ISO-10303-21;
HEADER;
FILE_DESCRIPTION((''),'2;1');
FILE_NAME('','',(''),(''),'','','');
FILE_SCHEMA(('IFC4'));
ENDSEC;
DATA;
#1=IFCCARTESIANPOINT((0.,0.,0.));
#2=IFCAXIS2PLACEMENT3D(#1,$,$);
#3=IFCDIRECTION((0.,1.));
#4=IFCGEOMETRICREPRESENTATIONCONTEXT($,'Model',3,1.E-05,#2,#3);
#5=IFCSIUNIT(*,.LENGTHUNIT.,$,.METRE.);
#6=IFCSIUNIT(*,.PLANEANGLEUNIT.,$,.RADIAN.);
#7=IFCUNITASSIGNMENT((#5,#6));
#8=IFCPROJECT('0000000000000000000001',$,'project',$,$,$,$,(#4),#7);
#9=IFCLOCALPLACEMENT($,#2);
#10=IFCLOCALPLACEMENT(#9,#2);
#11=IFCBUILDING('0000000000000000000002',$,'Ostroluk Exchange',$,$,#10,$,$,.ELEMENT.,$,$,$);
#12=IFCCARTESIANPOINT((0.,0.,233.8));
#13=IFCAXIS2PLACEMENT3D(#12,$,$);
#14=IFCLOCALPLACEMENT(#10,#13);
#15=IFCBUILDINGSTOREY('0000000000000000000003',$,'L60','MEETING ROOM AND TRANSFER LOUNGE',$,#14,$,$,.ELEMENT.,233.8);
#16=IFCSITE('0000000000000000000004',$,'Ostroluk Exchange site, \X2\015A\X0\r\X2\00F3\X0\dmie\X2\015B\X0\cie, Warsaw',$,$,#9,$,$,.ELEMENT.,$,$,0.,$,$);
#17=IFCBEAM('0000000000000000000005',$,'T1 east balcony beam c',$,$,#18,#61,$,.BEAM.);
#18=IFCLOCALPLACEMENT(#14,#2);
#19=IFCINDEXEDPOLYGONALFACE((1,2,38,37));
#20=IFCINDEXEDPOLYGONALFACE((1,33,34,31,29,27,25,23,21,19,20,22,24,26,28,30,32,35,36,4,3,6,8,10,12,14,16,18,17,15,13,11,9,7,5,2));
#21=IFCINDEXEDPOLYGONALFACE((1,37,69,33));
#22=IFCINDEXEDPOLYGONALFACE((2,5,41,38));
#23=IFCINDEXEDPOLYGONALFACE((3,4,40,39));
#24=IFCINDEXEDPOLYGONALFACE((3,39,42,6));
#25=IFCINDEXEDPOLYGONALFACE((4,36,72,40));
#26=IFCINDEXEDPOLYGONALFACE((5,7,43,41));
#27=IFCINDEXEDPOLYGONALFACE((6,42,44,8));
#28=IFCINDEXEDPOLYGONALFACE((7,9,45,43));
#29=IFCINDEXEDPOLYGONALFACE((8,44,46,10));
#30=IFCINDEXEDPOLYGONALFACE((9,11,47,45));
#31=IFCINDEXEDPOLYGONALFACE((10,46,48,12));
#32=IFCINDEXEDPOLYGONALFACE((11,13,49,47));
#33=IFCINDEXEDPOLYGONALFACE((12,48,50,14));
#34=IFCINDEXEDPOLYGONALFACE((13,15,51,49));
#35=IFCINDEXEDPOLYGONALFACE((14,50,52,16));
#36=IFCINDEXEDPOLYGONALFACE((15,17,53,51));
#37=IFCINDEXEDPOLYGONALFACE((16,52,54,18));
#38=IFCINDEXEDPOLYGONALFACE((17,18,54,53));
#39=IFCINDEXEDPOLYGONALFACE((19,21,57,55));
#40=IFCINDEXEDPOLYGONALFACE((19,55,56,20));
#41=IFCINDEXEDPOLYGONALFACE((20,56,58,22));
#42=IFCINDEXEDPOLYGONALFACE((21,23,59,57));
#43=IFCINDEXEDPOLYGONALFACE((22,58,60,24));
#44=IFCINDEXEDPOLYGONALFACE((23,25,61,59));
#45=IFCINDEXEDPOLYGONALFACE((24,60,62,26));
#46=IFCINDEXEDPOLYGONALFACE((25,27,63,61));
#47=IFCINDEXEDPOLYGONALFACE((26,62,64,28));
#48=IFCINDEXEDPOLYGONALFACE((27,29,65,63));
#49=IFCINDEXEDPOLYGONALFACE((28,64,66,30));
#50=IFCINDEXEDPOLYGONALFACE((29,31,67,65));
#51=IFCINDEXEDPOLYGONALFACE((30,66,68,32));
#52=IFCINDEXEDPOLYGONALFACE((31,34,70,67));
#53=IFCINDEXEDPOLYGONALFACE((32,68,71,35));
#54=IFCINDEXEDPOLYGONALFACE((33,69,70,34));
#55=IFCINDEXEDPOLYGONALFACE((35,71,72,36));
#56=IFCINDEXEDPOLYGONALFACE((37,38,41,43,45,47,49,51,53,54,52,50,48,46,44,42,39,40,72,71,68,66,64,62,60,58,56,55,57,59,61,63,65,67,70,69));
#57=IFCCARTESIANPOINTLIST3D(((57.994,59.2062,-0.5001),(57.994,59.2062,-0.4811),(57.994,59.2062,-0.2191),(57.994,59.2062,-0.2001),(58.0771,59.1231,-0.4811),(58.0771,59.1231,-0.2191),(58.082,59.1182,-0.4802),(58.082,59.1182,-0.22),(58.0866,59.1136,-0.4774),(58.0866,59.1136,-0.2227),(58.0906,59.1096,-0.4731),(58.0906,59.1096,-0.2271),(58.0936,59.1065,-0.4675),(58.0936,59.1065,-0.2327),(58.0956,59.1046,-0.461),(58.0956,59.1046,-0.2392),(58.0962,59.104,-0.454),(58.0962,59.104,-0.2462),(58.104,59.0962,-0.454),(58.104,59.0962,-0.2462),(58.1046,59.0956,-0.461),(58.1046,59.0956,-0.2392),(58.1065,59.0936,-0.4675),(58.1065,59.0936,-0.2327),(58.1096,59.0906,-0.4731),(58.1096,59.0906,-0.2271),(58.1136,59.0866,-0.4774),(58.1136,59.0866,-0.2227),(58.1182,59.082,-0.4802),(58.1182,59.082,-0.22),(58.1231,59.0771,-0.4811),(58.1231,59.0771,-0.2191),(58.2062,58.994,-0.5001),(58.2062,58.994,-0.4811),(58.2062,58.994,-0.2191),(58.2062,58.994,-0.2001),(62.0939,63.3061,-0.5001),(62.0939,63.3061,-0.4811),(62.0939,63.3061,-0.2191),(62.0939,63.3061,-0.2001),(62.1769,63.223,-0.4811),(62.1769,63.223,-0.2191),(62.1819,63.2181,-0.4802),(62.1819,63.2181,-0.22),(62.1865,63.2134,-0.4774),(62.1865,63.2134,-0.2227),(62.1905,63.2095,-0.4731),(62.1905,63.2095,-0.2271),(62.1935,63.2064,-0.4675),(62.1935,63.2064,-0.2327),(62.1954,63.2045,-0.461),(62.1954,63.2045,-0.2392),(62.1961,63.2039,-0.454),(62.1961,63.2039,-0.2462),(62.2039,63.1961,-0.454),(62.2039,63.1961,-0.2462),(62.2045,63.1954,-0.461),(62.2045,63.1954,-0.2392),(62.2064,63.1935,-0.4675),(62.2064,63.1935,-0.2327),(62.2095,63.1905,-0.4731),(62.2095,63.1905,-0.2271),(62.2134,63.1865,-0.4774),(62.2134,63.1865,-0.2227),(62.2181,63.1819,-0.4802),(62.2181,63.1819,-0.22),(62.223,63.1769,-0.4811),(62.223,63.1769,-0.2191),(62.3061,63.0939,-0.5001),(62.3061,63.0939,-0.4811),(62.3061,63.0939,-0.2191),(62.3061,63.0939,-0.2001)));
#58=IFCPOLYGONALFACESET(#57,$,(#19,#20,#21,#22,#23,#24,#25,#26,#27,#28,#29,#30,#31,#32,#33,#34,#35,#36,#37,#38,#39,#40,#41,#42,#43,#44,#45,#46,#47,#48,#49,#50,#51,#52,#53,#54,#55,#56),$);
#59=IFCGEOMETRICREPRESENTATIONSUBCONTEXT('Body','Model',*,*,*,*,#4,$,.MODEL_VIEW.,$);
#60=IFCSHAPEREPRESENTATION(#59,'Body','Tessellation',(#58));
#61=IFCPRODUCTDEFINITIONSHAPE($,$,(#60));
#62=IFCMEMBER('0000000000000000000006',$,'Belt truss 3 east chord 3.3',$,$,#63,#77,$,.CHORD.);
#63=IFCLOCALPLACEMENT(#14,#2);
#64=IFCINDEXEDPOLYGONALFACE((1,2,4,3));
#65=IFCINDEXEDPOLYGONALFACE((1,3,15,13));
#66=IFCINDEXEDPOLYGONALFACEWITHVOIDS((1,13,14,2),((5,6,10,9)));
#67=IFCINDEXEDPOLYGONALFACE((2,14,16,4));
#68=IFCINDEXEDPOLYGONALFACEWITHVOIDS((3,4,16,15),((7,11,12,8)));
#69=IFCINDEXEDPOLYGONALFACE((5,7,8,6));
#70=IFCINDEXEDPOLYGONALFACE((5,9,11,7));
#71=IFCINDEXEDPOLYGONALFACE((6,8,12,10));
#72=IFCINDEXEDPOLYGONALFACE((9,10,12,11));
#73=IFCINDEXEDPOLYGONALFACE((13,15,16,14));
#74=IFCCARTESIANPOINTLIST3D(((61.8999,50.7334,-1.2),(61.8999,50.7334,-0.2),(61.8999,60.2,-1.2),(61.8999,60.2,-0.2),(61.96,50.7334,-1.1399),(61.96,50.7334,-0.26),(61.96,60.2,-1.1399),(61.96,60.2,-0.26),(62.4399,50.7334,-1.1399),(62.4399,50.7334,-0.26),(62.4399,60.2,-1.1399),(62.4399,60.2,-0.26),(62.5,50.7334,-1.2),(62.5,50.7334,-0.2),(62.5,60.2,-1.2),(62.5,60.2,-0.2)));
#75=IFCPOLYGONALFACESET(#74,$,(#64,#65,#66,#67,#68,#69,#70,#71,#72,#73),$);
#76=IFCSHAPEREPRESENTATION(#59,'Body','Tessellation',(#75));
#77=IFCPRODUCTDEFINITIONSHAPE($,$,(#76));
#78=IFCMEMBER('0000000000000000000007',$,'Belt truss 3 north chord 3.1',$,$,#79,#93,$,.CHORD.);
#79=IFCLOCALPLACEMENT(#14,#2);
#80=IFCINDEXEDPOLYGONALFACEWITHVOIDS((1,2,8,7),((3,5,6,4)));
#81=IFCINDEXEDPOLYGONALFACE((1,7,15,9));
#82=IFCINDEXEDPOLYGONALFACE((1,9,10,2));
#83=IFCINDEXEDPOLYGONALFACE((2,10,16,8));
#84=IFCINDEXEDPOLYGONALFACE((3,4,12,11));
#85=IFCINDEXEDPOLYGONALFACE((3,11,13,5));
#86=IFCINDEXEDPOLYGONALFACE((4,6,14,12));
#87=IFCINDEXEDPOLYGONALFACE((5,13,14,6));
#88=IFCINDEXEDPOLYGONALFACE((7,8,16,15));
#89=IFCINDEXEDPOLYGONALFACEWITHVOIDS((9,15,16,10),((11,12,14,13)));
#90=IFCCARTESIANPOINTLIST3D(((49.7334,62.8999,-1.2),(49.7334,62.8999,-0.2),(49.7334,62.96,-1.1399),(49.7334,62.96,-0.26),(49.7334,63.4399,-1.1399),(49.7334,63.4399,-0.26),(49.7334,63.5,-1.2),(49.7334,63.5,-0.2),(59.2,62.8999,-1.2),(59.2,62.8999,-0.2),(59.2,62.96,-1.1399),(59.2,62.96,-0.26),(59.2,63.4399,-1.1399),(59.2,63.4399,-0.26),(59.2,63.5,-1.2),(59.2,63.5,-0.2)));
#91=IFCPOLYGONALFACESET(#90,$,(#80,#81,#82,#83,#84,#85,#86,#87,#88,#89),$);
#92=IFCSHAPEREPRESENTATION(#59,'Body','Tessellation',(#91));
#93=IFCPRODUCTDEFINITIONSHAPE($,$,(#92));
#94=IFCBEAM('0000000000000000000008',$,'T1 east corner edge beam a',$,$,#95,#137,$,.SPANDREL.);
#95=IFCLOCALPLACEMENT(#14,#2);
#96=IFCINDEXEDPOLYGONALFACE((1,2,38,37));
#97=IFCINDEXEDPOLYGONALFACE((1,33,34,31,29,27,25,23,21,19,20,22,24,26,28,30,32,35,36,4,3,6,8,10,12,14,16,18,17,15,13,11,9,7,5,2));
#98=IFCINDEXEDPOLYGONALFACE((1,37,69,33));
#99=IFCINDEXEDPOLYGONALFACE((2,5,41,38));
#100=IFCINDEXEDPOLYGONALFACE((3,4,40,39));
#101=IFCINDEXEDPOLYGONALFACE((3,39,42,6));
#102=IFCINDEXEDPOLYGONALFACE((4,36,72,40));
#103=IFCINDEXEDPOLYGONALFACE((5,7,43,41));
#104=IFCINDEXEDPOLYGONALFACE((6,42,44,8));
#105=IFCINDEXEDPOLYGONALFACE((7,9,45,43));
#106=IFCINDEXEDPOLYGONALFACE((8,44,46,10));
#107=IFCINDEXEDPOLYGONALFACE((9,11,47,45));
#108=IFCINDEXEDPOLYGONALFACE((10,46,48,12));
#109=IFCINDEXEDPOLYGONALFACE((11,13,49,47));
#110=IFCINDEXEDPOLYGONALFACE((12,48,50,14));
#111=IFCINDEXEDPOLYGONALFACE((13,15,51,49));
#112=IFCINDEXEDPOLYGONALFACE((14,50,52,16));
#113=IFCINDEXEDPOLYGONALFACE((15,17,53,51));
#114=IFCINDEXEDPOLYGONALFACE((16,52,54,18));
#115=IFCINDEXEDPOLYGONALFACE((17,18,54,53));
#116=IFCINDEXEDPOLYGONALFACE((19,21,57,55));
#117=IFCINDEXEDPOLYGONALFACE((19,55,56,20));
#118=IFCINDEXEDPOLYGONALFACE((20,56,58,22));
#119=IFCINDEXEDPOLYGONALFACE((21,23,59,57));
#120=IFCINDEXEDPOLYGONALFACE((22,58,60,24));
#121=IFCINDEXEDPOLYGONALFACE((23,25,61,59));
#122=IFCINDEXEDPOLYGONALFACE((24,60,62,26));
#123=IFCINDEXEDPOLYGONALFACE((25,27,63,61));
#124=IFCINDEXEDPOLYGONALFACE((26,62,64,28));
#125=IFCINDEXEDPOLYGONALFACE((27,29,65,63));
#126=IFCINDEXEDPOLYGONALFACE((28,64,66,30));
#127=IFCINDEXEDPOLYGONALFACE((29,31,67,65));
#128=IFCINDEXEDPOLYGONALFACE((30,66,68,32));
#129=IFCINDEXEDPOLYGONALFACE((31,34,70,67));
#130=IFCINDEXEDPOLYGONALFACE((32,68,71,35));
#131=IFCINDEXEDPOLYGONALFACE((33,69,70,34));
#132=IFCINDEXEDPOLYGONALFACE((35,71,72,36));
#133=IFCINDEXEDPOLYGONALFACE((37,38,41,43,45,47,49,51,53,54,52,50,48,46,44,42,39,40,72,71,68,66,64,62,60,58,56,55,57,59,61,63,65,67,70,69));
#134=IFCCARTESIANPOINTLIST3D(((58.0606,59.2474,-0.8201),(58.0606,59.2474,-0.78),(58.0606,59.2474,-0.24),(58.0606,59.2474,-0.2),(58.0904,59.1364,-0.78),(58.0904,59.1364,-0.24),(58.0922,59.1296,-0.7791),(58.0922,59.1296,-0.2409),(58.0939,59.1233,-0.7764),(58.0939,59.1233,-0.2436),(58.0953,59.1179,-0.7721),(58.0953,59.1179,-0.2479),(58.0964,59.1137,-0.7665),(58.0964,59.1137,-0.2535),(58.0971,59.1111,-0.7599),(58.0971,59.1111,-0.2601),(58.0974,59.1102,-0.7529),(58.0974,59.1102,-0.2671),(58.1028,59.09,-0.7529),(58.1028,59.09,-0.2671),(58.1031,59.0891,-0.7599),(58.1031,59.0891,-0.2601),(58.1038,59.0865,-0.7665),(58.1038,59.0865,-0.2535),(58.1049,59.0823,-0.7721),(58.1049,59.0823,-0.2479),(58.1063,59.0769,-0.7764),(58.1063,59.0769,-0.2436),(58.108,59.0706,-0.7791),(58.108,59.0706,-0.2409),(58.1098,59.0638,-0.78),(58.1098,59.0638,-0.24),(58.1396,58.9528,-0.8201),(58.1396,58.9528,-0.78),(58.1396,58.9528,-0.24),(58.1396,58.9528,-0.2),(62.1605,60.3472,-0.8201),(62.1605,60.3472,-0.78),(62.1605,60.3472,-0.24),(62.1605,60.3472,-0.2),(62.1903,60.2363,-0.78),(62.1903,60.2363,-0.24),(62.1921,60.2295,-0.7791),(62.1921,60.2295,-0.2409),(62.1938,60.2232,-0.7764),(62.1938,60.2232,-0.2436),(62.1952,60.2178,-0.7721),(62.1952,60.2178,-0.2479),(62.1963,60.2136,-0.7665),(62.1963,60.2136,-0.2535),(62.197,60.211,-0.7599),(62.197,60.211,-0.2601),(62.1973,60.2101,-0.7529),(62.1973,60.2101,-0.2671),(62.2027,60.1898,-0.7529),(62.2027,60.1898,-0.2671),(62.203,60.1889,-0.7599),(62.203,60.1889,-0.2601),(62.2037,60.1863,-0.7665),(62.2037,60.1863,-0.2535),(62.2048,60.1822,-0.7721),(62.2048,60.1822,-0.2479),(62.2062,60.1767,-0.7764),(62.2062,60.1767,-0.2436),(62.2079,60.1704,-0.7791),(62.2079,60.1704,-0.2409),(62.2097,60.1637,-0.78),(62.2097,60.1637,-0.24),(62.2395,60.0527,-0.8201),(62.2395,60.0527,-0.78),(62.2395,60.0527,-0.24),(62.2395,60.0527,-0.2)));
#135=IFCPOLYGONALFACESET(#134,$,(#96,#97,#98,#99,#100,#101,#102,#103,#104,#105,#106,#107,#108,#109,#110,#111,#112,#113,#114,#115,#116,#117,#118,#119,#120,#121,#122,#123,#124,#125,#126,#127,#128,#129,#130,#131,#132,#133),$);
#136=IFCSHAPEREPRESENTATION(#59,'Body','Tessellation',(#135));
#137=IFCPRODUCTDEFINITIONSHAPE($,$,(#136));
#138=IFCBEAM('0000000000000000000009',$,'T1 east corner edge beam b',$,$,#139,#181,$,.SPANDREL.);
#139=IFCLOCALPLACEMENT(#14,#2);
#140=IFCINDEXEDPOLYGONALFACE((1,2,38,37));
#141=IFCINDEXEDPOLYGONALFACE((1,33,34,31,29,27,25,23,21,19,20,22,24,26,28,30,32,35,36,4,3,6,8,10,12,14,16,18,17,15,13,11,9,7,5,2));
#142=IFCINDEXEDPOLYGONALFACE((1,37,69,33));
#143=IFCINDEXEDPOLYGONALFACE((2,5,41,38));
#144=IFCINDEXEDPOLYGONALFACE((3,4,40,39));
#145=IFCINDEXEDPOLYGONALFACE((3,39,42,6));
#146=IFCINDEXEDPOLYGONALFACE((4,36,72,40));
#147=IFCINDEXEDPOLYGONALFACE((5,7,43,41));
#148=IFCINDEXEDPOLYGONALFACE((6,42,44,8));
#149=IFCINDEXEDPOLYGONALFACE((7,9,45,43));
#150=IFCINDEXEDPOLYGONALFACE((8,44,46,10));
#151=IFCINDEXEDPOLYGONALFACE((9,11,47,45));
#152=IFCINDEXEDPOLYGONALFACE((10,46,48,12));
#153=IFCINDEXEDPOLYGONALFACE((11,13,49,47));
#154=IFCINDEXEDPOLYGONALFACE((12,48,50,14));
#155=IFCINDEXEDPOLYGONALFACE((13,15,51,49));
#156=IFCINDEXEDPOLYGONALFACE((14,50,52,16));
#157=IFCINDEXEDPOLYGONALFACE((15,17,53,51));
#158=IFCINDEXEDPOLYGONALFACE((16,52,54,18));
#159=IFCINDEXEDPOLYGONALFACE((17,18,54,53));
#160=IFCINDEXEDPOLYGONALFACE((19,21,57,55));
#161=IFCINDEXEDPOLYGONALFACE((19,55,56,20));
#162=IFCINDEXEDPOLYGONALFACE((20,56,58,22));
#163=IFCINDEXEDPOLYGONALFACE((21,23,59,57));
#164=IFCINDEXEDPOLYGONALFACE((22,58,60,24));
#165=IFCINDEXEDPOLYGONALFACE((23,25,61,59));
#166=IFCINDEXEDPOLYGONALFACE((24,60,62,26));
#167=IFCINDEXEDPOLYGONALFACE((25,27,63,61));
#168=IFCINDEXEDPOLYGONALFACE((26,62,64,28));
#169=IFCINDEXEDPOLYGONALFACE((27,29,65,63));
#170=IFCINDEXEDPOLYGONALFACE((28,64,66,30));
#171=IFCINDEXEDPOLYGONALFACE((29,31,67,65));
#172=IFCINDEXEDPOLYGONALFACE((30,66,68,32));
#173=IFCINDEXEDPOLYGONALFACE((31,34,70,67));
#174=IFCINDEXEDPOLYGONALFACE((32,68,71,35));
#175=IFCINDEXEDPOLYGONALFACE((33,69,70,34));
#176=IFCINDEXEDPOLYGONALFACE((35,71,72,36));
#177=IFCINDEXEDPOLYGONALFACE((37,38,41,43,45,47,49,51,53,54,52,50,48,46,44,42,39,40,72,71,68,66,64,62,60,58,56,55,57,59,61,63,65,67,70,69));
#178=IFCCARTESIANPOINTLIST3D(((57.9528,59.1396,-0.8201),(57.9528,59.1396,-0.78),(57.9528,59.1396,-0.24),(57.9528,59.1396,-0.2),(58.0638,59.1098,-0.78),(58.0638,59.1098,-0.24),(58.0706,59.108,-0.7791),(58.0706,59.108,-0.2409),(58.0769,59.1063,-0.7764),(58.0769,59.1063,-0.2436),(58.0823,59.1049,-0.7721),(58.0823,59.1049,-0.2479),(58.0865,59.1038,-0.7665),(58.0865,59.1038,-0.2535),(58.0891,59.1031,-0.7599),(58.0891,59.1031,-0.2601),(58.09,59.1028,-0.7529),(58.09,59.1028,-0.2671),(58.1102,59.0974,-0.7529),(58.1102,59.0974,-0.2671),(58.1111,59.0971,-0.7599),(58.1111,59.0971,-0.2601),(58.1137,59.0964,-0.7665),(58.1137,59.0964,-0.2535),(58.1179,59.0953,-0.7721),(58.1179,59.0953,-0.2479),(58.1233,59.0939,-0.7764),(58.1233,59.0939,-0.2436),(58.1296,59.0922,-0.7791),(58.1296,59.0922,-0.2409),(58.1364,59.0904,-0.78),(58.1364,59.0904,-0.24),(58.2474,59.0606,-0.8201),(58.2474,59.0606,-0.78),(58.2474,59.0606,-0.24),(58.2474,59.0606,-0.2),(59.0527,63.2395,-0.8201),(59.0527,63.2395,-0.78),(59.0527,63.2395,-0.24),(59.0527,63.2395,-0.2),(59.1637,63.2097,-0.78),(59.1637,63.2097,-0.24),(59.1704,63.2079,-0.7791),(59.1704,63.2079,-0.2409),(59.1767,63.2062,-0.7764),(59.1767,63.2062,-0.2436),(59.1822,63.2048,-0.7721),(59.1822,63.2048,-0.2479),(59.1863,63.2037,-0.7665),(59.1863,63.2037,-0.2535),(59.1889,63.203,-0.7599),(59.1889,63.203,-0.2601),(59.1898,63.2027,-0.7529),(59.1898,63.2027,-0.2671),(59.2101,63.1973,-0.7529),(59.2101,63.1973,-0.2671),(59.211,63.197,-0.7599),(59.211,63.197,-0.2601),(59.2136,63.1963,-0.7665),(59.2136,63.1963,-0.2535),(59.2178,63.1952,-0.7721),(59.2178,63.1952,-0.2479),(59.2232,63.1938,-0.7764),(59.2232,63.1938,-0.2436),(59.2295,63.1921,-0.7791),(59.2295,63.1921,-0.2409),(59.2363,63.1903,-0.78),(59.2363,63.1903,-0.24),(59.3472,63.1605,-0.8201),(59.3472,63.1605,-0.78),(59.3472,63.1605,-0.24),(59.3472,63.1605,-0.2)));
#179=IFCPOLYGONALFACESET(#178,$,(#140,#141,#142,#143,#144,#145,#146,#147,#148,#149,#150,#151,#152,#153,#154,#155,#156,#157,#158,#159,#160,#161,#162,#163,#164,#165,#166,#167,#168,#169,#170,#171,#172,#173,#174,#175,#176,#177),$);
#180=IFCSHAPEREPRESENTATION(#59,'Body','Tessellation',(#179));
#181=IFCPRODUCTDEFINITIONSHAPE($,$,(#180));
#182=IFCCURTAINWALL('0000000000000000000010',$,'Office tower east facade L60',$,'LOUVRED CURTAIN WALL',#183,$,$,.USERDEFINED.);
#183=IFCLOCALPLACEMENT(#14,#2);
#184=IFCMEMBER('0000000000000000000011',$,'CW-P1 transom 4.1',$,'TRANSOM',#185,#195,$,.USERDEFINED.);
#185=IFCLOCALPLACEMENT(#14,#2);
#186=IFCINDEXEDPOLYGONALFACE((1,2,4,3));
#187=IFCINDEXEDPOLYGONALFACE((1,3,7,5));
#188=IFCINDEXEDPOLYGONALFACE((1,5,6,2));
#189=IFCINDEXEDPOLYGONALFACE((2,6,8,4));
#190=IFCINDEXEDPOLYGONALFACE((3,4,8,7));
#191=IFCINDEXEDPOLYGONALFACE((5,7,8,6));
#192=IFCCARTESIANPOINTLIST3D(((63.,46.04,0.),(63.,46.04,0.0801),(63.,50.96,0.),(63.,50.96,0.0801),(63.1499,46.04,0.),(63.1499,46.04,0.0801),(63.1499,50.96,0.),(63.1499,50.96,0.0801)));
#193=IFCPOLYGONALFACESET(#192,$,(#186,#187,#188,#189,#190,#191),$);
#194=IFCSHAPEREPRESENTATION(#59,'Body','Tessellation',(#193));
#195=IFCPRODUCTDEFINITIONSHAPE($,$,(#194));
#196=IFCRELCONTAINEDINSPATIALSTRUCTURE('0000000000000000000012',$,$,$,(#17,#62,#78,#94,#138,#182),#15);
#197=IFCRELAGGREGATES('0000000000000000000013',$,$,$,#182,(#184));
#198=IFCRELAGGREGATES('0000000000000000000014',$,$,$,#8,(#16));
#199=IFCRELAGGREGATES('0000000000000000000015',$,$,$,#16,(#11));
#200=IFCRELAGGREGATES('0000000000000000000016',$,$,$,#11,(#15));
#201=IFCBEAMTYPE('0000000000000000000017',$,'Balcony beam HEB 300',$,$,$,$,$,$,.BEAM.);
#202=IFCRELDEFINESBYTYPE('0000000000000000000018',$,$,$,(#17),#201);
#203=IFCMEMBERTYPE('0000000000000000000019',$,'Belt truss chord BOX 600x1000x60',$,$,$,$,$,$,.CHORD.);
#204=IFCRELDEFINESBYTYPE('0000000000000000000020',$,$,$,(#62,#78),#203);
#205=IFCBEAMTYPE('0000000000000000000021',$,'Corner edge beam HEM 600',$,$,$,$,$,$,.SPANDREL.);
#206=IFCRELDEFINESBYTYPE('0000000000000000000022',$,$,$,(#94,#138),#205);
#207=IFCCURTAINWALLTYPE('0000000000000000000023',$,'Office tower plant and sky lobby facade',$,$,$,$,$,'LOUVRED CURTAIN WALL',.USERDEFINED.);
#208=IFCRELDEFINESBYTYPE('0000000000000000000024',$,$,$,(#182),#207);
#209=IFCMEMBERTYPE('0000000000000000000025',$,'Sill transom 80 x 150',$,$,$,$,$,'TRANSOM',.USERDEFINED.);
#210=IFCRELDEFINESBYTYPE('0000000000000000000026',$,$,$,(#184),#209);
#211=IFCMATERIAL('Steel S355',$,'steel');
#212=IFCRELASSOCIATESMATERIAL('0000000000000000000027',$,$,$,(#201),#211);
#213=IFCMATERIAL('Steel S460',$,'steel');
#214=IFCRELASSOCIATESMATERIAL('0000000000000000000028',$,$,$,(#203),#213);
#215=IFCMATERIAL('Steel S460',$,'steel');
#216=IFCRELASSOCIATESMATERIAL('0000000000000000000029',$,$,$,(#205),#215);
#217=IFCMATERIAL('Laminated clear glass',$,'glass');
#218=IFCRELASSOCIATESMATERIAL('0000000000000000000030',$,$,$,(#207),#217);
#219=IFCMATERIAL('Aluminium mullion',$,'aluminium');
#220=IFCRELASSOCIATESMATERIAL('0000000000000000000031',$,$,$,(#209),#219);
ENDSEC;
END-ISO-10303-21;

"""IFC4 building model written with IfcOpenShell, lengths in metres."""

from ifc_helpers import new_model, si_unit, direction, frame, origin, origin_2d, place, context, subcontext, project, spatial, rectangle, hollow_rectangle, i_section, extrude, material, material_profile, profile_set, type_object, element, aggregate, save


model = new_model("IFC4")

# Units and contexts
model_context = context("Model", 3, precision=1e-05, world=origin(), true_north=direction((0.0, 1.0)))
body_context = subcontext(model_context, "Body", "Model", "MODEL_VIEW")
ifc_project = project(units=[si_unit("LENGTHUNIT", "METRE"), si_unit("PLANEANGLEUNIT", "RADIAN")], contexts=[model_context])

# Site, building, storey
site_placement = place(None, origin())
site = spatial("IfcSite", under=ifc_project, at=site_placement, Name="Ostroluk Exchange site, Śródmieście, Warsaw", CompositionType="ELEMENT", RefElevation=0.0)
building_placement = place(site_placement, origin())
building = spatial("IfcBuilding", under=site, at=building_placement, Name="Ostroluk Exchange", CompositionType="ELEMENT")
storey_placement = place(building_placement, frame((0.0, 0.0, 233.8)))
storey = spatial("IfcBuildingStorey", under=building, at=storey_placement, Name="L60", Description="MEETING ROOM AND TRANSFER LOUNGE", CompositionType="ELEMENT", Elevation=233.8)

# Beam
ifc_material_1 = material(Name="Steel S355", Category="steel")
ifc_material_profile_1 = material_profile(ifc_material_1, i_section(OverallWidth=0.3, OverallDepth=0.3, WebThickness=0.011, FlangeThickness=0.019, FilletRadius=0.0271, at=origin_2d()), Name="HEB 300")
ifc_profile_set_1 = profile_set([ifc_material_profile_1], Name="Steel S355")
beam_type_1 = type_object("IfcBeamType", Name="Balcony beam HEB 300", PredefinedType="BEAM", material=ifc_profile_set_1)
beam_placement = place(storey_placement, frame((58.1001, 59.1001, -0.3501), z_axis=(0.707107, 0.707107, 0.0), x_axis=(-0.707107, 0.707107, 0.0)))
element("IfcBeam", 1, at=beam_placement, inside=storey, type_object=beam_type_1, Name="T1 east balcony beam c", PredefinedType="BEAM", context=body_context, shape_type="SweptSolid", body=[
    extrude(i_section(OverallWidth=0.3, OverallDepth=0.3, WebThickness=0.011, FlangeThickness=0.019, FilletRadius=0.0271, at=origin_2d()), origin(), (0.0, 0.0, 1.0), 5.7981),
])

# Members
ifc_material_2 = material(Name="Steel S460", Category="steel")
ifc_material_profile_2 = material_profile(ifc_material_2, hollow_rectangle(XDim=0.6001, YDim=1.0, WallThickness=0.0601, at=origin_2d()), Name="BOX 600x1000x60")
ifc_profile_set_2 = profile_set([ifc_material_profile_2], Name="Steel S460")
member_type_1 = type_object("IfcMemberType", Name="Belt truss chord BOX 600x1000x60", PredefinedType="CHORD", material=ifc_profile_set_2)
for number, where, z_axis, x_axis, name in (
    (2, (62.2, 50.7334, -0.7), (0.0, 1.0, 0.0), (-1.0, 0.0, 0.0), "Belt truss 3 east chord 3.3"),
    (3, (59.2, 63.2, -0.7), (-1.0, 0.0, 0.0), (0.0, -1.0, 0.0), "Belt truss 3 north chord 3.1"),
):
    element("IfcMember", number, at=place(storey_placement, frame(where, z_axis=z_axis, x_axis=x_axis)), inside=storey, type_object=member_type_1, Name=name, PredefinedType="CHORD", context=body_context, shape_type="SweptSolid", body=[
        extrude(hollow_rectangle(XDim=0.6001, YDim=1.0, WallThickness=0.0601, at=origin_2d()), origin(), (0.0, 0.0, 1.0), 9.4666),
    ])

# Beams
ifc_material_3 = material(Name="Steel S460", Category="steel")
ifc_material_profile_3 = material_profile(ifc_material_3, i_section(OverallWidth=0.3049, OverallDepth=0.6201, WebThickness=0.021, FlangeThickness=0.04, FilletRadius=0.0271, at=origin_2d()), Name="HEM 600")
ifc_profile_set_3 = profile_set([ifc_material_profile_3], Name="Steel S460")
beam_type_2 = type_object("IfcBeamType", Name="Corner edge beam HEM 600", PredefinedType="SPANDREL", material=ifc_profile_set_3)
for number, where, z_axis, x_axis, name in (
    (4, (58.1001, 59.1001, -0.51), (0.965849, 0.259105, 0.0), (-0.259105, 0.965849, 0.0), "T1 east corner edge beam a"),
    (5, (58.1001, 59.1001, -0.51), (0.259105, 0.965849, 0.0), (-0.965849, 0.259105, 0.0), "T1 east corner edge beam b"),
):
    element("IfcBeam", number, at=place(storey_placement, frame(where, z_axis=z_axis, x_axis=x_axis)), inside=storey, type_object=beam_type_2, Name=name, PredefinedType="SPANDREL", context=body_context, shape_type="SweptSolid", body=[
        extrude(i_section(OverallWidth=0.3049, OverallDepth=0.6201, WebThickness=0.021, FlangeThickness=0.04, FilletRadius=0.0271, at=origin_2d()), origin(), (0.0, 0.0, 1.0), 4.2449),
    ])

# Curtain wall, member
ifc_material_4 = material(Name="Laminated clear glass", Category="glass")
curtain_wall_type = type_object("IfcCurtainWallType", Name="Office tower plant and sky lobby facade", ElementType="LOUVRED CURTAIN WALL", PredefinedType="USERDEFINED", material=ifc_material_4)
curtain_wall_1_placement = place(storey_placement, origin())
curtain_wall_1 = element("IfcCurtainWall", 6, at=curtain_wall_1_placement, inside=storey, type_object=curtain_wall_type, Name="Office tower east facade L60", ObjectType="LOUVRED CURTAIN WALL", PredefinedType="USERDEFINED")
ifc_material_5 = material(Name="Aluminium mullion", Category="aluminium")
ifc_material_profile_4 = material_profile(ifc_material_5, rectangle(XDim=0.1499, YDim=0.0801, at=origin_2d()), Name="Sill transom 80 x 150")
ifc_profile_set_4 = profile_set([ifc_material_profile_4], Name="Aluminium mullion")
member_type_2 = type_object("IfcMemberType", Name="Sill transom 80 x 150", ElementType="TRANSOM", PredefinedType="USERDEFINED", material=ifc_profile_set_4)
member_1_placement = place(storey_placement, frame((63.075, 46.04, 0.04), z_axis=(0.0, 1.0, 0.0), x_axis=(-1.0, 0.0, 0.0)))
member_1 = element("IfcMember", 7, at=member_1_placement, type_object=member_type_2, Name="CW-P1 transom 4.1", ObjectType="TRANSOM", PredefinedType="USERDEFINED", context=body_context, shape_type="SweptSolid", body=[
    extrude(rectangle(XDim=0.1499, YDim=0.0801, at=origin_2d()), origin(), (0.0, 0.0, 1.0), 4.9199),
])

aggregate(curtain_wall_1, [member_1])

save(model, "model.ifc")
